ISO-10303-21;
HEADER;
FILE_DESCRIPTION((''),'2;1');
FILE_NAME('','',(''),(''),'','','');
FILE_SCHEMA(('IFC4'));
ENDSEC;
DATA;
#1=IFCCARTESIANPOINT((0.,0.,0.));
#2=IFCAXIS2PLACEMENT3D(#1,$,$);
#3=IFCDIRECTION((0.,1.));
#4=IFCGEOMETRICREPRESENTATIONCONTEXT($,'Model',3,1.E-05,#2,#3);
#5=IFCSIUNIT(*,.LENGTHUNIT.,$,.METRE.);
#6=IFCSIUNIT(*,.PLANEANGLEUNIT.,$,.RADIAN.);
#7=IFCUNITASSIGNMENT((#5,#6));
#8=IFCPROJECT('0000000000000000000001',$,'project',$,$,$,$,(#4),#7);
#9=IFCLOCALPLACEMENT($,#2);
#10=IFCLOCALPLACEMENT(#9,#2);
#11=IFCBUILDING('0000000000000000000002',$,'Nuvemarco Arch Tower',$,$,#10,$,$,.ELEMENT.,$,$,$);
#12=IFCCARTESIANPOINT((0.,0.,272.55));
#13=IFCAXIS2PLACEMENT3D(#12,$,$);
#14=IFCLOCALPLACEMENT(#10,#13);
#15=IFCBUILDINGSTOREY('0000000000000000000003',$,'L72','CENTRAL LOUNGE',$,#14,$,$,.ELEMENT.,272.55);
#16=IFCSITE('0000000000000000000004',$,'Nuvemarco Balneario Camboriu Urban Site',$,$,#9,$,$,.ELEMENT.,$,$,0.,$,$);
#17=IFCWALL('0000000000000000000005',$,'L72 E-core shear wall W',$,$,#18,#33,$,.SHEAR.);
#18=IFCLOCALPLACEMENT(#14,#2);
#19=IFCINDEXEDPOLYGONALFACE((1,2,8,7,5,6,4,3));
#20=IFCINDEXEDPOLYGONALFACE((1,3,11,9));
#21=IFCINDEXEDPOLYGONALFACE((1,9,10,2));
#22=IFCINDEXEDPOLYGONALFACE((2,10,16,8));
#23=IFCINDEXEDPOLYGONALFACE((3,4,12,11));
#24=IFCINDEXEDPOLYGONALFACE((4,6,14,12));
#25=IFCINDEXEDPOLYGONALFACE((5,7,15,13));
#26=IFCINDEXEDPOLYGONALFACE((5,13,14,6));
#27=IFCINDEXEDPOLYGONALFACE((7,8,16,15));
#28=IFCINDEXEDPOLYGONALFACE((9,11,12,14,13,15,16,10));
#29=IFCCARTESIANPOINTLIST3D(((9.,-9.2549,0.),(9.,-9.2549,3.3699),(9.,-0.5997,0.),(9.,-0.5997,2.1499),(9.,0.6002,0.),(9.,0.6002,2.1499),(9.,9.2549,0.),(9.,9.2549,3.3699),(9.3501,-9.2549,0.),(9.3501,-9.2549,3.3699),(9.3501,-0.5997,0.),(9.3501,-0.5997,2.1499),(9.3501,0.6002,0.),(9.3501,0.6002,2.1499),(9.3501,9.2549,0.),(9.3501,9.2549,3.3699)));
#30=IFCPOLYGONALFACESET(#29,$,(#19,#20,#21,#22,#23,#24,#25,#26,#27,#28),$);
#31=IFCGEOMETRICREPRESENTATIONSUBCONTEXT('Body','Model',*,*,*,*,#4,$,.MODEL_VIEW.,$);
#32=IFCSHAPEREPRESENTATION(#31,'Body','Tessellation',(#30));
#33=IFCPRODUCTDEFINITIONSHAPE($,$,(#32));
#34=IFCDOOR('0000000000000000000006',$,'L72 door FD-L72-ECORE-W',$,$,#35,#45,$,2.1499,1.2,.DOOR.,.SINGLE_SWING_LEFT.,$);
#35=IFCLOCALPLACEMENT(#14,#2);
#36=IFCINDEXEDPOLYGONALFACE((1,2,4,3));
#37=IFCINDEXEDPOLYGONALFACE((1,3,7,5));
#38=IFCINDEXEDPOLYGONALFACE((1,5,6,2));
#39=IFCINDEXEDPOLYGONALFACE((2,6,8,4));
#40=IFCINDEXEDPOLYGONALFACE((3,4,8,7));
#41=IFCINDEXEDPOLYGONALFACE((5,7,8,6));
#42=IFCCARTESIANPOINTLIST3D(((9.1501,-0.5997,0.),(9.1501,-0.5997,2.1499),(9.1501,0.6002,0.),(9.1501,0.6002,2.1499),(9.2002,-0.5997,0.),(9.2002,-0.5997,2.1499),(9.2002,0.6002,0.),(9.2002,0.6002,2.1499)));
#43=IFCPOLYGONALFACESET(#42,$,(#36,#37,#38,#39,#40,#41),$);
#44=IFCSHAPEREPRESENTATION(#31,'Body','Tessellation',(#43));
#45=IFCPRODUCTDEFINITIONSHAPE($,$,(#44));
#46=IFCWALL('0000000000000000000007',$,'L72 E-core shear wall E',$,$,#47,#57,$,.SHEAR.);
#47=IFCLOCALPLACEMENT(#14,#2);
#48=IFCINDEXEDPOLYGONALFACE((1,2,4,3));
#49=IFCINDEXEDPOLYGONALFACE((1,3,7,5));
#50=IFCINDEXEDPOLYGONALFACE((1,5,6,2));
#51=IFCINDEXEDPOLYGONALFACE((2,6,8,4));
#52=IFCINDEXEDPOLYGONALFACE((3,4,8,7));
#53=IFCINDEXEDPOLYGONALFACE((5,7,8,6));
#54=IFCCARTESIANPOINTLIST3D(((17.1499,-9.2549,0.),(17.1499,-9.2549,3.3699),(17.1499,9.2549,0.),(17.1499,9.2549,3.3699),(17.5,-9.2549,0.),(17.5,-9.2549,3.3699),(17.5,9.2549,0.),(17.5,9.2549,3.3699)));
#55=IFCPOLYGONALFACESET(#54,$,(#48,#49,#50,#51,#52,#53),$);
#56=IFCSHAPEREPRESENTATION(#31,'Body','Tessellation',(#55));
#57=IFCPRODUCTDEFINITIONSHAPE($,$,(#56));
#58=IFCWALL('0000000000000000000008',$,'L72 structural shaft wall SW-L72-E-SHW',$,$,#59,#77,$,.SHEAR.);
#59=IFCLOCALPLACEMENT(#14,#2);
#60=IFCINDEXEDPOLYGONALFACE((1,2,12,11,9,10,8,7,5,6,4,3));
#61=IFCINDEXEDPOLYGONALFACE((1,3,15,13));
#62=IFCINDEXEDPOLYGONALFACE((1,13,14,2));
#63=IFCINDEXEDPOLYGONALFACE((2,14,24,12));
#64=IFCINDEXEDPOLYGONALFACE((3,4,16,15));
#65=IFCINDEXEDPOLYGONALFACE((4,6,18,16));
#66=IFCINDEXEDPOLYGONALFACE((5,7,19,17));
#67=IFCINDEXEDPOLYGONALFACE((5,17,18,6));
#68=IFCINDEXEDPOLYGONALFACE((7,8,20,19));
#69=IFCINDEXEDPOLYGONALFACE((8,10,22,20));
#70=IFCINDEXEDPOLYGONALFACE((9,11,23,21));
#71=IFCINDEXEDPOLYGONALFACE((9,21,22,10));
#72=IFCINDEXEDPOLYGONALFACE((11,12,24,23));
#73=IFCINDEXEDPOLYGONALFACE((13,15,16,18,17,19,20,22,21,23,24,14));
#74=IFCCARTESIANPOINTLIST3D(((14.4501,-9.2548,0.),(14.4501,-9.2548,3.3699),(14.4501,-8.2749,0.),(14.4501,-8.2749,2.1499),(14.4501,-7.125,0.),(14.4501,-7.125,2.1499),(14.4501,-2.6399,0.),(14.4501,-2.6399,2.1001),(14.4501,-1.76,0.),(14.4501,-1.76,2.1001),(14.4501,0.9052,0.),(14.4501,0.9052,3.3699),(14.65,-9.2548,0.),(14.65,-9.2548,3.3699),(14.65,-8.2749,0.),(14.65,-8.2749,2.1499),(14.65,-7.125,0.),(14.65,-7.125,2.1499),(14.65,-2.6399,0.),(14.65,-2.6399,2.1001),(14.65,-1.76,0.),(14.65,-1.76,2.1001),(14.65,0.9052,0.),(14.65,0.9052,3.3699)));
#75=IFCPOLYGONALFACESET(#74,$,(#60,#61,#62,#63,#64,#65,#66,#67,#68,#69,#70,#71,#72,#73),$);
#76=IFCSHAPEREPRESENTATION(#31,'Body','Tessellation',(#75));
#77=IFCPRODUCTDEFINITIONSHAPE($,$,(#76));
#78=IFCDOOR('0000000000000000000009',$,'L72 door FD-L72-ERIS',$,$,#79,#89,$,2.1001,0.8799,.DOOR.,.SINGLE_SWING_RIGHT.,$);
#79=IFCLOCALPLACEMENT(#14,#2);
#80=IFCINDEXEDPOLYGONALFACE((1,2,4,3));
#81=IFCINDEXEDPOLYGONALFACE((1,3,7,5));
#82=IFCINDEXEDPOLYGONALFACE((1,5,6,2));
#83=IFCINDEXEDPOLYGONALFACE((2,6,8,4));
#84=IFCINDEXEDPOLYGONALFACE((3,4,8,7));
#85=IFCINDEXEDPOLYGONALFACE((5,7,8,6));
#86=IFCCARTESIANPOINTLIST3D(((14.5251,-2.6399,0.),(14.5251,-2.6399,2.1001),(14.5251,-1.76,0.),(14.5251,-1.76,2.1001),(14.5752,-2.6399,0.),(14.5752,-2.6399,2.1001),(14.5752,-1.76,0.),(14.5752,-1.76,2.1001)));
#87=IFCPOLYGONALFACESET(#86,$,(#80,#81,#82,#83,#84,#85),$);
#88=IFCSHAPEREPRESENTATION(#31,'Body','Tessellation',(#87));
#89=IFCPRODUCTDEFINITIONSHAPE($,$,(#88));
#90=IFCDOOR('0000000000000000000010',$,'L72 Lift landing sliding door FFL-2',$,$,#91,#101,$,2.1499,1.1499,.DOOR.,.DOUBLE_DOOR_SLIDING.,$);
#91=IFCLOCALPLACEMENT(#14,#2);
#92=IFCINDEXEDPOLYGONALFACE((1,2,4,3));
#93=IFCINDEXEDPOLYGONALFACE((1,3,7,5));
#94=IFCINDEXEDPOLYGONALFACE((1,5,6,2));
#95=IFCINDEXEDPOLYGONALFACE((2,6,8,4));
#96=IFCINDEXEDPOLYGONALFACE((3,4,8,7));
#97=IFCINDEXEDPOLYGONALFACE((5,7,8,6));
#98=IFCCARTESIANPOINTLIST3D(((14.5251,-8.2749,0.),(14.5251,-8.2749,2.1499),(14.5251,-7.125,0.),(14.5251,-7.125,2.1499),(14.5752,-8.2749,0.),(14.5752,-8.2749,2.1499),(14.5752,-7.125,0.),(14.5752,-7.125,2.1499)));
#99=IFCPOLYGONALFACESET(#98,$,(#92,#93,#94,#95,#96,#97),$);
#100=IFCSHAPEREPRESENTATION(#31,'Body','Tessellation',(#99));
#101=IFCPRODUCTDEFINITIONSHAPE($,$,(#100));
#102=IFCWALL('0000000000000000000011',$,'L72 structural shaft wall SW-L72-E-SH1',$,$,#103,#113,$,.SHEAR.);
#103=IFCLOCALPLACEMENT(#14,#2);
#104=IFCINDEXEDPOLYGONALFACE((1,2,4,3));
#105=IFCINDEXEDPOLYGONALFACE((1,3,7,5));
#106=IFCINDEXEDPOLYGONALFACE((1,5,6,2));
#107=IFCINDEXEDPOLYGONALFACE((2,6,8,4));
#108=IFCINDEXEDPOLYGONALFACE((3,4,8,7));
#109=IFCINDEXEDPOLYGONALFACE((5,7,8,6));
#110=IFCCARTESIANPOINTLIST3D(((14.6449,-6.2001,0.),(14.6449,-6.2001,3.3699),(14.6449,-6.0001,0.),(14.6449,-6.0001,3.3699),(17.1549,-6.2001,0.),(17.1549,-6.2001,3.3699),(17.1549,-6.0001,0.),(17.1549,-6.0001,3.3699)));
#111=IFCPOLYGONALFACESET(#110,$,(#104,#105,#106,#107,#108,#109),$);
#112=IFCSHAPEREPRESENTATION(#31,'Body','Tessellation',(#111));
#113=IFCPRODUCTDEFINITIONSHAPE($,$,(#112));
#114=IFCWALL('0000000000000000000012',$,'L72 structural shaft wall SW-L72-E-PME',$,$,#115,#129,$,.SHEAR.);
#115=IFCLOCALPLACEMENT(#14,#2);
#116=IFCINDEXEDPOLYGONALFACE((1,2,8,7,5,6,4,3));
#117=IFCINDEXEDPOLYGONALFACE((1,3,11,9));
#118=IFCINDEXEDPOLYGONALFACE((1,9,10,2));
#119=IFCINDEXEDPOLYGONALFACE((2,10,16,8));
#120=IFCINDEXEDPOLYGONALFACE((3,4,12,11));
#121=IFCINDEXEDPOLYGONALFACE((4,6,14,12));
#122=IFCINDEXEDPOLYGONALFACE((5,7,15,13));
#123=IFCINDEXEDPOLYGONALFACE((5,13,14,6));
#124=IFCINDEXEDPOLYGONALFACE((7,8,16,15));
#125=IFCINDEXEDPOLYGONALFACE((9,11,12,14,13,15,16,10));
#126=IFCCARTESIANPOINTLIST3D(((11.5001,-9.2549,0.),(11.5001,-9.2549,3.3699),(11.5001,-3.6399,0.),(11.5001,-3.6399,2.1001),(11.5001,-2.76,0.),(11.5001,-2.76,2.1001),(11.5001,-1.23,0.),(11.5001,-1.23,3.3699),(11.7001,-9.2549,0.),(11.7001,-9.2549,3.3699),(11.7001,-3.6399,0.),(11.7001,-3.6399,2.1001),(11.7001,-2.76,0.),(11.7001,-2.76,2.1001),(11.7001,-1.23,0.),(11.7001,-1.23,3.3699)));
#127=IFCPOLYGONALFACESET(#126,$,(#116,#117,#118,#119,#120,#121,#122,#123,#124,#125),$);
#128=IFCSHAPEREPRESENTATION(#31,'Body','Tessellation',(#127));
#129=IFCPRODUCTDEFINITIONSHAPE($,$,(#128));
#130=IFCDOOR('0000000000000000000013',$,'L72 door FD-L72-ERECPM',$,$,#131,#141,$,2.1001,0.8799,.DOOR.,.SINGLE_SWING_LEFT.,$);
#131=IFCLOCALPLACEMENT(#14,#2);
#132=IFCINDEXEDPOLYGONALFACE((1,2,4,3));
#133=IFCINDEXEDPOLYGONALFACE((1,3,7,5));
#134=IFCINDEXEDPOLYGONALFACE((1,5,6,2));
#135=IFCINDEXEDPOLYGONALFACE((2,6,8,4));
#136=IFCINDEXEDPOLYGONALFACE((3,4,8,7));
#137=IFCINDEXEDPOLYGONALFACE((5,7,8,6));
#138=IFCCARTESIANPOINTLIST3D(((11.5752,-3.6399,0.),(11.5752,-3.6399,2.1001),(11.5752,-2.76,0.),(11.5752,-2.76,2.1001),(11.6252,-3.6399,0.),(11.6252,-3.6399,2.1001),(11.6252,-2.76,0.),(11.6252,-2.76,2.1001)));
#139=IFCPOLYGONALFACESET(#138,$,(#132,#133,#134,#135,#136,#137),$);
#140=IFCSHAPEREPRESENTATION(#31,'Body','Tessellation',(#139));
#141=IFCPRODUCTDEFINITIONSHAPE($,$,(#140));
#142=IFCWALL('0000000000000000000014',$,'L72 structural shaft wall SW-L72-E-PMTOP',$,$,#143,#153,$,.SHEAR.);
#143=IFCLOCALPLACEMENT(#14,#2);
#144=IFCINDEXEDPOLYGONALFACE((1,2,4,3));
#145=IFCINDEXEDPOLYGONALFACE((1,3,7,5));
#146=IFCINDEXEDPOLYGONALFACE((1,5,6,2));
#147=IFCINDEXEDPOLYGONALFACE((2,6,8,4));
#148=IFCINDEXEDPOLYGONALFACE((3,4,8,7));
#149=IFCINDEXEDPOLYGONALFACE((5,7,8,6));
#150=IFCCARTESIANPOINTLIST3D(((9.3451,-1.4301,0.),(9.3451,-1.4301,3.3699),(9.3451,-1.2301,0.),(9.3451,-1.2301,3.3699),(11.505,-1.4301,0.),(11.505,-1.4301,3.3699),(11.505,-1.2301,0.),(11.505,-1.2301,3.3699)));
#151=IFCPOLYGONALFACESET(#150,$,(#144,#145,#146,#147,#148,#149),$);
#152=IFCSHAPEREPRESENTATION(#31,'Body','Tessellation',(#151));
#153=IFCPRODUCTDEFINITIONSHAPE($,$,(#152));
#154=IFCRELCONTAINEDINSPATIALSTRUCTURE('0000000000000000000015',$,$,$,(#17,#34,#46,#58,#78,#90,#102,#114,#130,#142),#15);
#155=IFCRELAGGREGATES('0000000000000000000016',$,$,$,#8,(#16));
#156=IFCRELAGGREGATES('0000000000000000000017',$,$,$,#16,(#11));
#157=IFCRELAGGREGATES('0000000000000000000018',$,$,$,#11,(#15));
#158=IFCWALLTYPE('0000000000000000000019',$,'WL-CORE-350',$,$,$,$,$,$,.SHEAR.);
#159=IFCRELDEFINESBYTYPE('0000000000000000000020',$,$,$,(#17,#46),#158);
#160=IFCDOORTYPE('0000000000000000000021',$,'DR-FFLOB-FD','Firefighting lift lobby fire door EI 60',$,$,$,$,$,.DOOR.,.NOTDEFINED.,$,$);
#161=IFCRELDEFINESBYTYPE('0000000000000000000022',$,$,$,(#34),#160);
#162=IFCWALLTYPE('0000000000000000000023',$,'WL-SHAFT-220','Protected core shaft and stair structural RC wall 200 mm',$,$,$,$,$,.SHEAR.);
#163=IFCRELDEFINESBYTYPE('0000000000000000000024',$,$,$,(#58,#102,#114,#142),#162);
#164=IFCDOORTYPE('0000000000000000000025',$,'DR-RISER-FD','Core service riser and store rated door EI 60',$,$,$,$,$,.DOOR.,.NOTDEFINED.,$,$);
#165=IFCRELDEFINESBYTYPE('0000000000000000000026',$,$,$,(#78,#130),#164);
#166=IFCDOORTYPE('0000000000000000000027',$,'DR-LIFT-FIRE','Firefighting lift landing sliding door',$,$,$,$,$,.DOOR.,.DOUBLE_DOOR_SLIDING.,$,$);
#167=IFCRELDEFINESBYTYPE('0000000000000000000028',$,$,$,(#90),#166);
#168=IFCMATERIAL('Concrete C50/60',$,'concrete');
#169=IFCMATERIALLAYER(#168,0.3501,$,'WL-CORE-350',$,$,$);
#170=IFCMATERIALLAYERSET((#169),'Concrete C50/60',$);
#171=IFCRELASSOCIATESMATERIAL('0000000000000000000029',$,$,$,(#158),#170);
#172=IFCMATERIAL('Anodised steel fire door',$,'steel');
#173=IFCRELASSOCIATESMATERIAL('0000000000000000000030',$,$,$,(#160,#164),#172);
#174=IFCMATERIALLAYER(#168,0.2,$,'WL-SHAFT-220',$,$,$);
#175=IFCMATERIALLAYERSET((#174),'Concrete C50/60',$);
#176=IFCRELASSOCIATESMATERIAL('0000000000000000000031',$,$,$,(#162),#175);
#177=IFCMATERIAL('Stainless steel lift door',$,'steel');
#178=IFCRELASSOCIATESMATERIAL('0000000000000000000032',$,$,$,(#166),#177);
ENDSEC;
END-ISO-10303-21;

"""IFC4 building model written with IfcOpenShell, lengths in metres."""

from ifc_helpers import new_model, si_unit, direction, frame, frame_2d, origin, place, context, subcontext, project, spatial, rectangle, extrude, source, transform, mapped, material, layer, layer_set, type_object, type_shapes, element, fill, save


model = new_model("IFC4")

# Units and contexts
model_context = context("Model", 3, precision=1e-05, world=origin(), true_north=direction((0.0, 1.0)))
body_context = subcontext(model_context, "Body", "Model", "MODEL_VIEW")
ifc_project = project(units=[si_unit("LENGTHUNIT", "METRE"), si_unit("PLANEANGLEUNIT", "RADIAN")], contexts=[model_context])

# Site, building, storey
site_placement = place(None, origin())
site = spatial("IfcSite", under=ifc_project, at=site_placement, Name="Nuvemarco Balneario Camboriu Urban Site", CompositionType="ELEMENT", RefElevation=0.0)
building_placement = place(site_placement, origin())
building = spatial("IfcBuilding", under=site, at=building_placement, Name="Nuvemarco Arch Tower", CompositionType="ELEMENT")
storey_placement = place(building_placement, frame((0.0, 0.0, 272.55)))
storey = spatial("IfcBuildingStorey", under=building, at=storey_placement, Name="L72", Description="CENTRAL LOUNGE", CompositionType="ELEMENT", Elevation=272.55)

# Shared definitions
ifc_material_1 = material(Name="Concrete C50/60", Category="concrete")

# Shared definitions
ifc_layer_1 = layer(ifc_material_1, 0.3501, Name="WL-CORE-350")
ifc_layer_set_1 = layer_set([ifc_layer_1], Name="Concrete C50/60")
wall_type_1 = type_object("IfcWallType", Name="WL-CORE-350", PredefinedType="SHEAR", material=ifc_layer_set_1)

# Wall, opening, door
wall_1_placement = place(storey_placement, frame((9.175, -9.2549, 0.0), z_axis=(0.0, 0.0, 1.0), x_axis=(0.0, 1.0, 0.0)))
wall_1 = element("IfcWall", 1, at=wall_1_placement, inside=storey, type_object=wall_type_1, Name="L72 E-core shear wall W", PredefinedType="SHEAR", context=body_context, shape_type="SweptSolid", body=[
    extrude(rectangle(XDim=18.5098, YDim=0.3501, at=frame_2d((9.2549, 0.0))), origin(), (0.0, 0.0, 1.0), 3.3699),
])
opening_1_placement = place(wall_1_placement, frame((8.655, 0.0, 0.0)))
opening_1 = element("IfcOpeningElement", 2, at=opening_1_placement, cuts=wall_1, PredefinedType="OPENING", context=body_context, shape_type="SweptSolid", body=[
    extrude(rectangle(XDim=1.2, YDim=2.1499, at=frame_2d((0.6001, 1.075))), frame((0.0, 0.1851, 0.0), z_axis=(0.0, -1.0, 0.0), x_axis=(1.0, 0.0, 0.0)), (0.0, 0.0, 1.0), 0.3701),
])
ifc_material_2 = material(Name="Anodised steel fire door", Category="steel")
door_type_1 = type_object("IfcDoorType", Name="DR-FFLOB-FD", Description="Firefighting lift lobby fire door EI 60", OperationType="NOTDEFINED", PredefinedType="DOOR", material=ifc_material_2)
shared_shape_1 = source(origin(), body_context, "Body", "SweptSolid", [
    extrude(rectangle(XDim=1.2, YDim=2.1499, at=frame_2d((0.6001, 1.075))), frame((0.0, 0.0249, 0.0), z_axis=(0.0, -1.0, 0.0), x_axis=(1.0, 0.0, 0.0)), (0.0, 0.0, 1.0), 0.05),
])
type_shapes(door_type_1, [shared_shape_1])
door_1_placement = place(opening_1_placement, origin())
door_1 = element("IfcDoor", 3, at=door_1_placement, inside=storey, type_object=door_type_1, Name="L72 door FD-L72-ECORE-W", OperationType="SINGLE_SWING_LEFT", OverallHeight=2.1499, OverallWidth=1.2, PredefinedType="DOOR", context=body_context, shape_type="MappedRepresentation", body=[
    mapped(shared_shape_1, transform((0.0, 0.0, 0.0), scale=1.0)),
])
fill(opening_1, door_1)

# Wall
wall_2_placement = place(storey_placement, frame((17.325, -9.2549, 0.0), z_axis=(0.0, 0.0, 1.0), x_axis=(0.0, 1.0, 0.0)))
element("IfcWall", 4, at=wall_2_placement, inside=storey, type_object=wall_type_1, Name="L72 E-core shear wall E", PredefinedType="SHEAR", context=body_context, shape_type="SweptSolid", body=[
    extrude(rectangle(XDim=18.5098, YDim=0.3501, at=frame_2d((9.2549, 0.0))), origin(), (0.0, 0.0, 1.0), 3.3699),
])

# Wall, openings, doors
ifc_layer_2 = layer(ifc_material_1, 0.2, Name="WL-SHAFT-220")
ifc_layer_set_2 = layer_set([ifc_layer_2], Name="Concrete C50/60")
wall_type_2 = type_object("IfcWallType", Name="WL-SHAFT-220", Description="Protected core shaft and stair structural RC wall 200 mm", PredefinedType="SHEAR", material=ifc_layer_set_2)
wall_3_placement = place(storey_placement, frame((14.55, -9.2549, 0.0), z_axis=(0.0, 0.0, 1.0), x_axis=(0.0, 1.0, 0.0)))
wall_3 = element("IfcWall", 5, at=wall_3_placement, inside=storey, type_object=wall_type_2, Name="L72 structural shaft wall SW-L72-E-SHW", PredefinedType="SHEAR", context=body_context, shape_type="SweptSolid", body=[
    extrude(rectangle(XDim=10.1599, YDim=0.2, at=frame_2d((5.0801, 0.0))), origin(), (0.0, 0.0, 1.0), 3.3699),
])
opening_2_placement = place(wall_3_placement, frame((6.615, 0.0, 0.0)))
opening_2 = element("IfcOpeningElement", 6, at=opening_2_placement, cuts=wall_3, PredefinedType="OPENING", context=body_context, shape_type="SweptSolid", body=[
    extrude(rectangle(XDim=0.8799, YDim=2.1001, at=frame_2d((0.4399, 1.05))), frame((0.0, 0.1099, 0.0), z_axis=(0.0, -1.0, 0.0), x_axis=(1.0, 0.0, 0.0)), (0.0, 0.0, 1.0), 0.22),
])
opening_3_placement = place(wall_3_placement, frame((0.98, 0.0, 0.0)))
opening_3 = element("IfcOpeningElement", 7, at=opening_3_placement, cuts=wall_3, PredefinedType="OPENING", context=body_context, shape_type="SweptSolid", body=[
    extrude(rectangle(XDim=1.1499, YDim=2.1499, at=frame_2d((0.575, 1.075))), frame((0.0, 0.1099, 0.0), z_axis=(0.0, -1.0, 0.0), x_axis=(1.0, 0.0, 0.0)), (0.0, 0.0, 1.0), 0.22),
])
door_type_2 = type_object("IfcDoorType", Name="DR-RISER-FD", Description="Core service riser and store rated door EI 60", OperationType="NOTDEFINED", PredefinedType="DOOR", material=ifc_material_2)
shared_shape_2 = source(origin(), body_context, "Body", "SweptSolid", [
    extrude(rectangle(XDim=0.8799, YDim=2.1001, at=frame_2d((0.4399, 1.05))), frame((0.0, 0.0249, 0.0), z_axis=(0.0, -1.0, 0.0), x_axis=(1.0, 0.0, 0.0)), (0.0, 0.0, 1.0), 0.05),
])
type_shapes(door_type_2, [shared_shape_2])
door_2_placement = place(opening_2_placement, origin())
door_2 = element("IfcDoor", 8, at=door_2_placement, inside=storey, type_object=door_type_2, Name="L72 door FD-L72-ERIS", OperationType="SINGLE_SWING_RIGHT", OverallHeight=2.1001, OverallWidth=0.8799, PredefinedType="DOOR", context=body_context, shape_type="MappedRepresentation", body=[
    mapped(shared_shape_2, transform((0.0, 0.0, 0.0), scale=1.0)),
])
fill(opening_2, door_2)
ifc_material_3 = material(Name="Stainless steel lift door", Category="steel")
door_type_3 = type_object("IfcDoorType", Name="DR-LIFT-FIRE", Description="Firefighting lift landing sliding door", OperationType="DOUBLE_DOOR_SLIDING", PredefinedType="DOOR", material=ifc_material_3)
shared_shape_3 = source(origin(), body_context, "Body", "SweptSolid", [
    extrude(rectangle(XDim=1.1499, YDim=2.1499, at=frame_2d((0.575, 1.075))), frame((0.0, 0.0249, 0.0), z_axis=(0.0, -1.0, 0.0), x_axis=(1.0, 0.0, 0.0)), (0.0, 0.0, 1.0), 0.05),
])
type_shapes(door_type_3, [shared_shape_3])
door_3_placement = place(opening_3_placement, origin())
door_3 = element("IfcDoor", 9, at=door_3_placement, inside=storey, type_object=door_type_3, Name="L72 Lift landing sliding door FFL-2", OperationType="DOUBLE_DOOR_SLIDING", OverallHeight=2.1499, OverallWidth=1.1499, PredefinedType="DOOR", context=body_context, shape_type="MappedRepresentation", body=[
    mapped(shared_shape_3, transform((0.0, 0.0, 0.0), scale=1.0)),
])
fill(opening_3, door_3)

# Wall
wall_4_placement = place(storey_placement, frame((14.645, -6.1001, 0.0), z_axis=(0.0, 0.0, 1.0), x_axis=(1.0, 0.0, 0.0)))
element("IfcWall", 10, at=wall_4_placement, inside=storey, type_object=wall_type_2, Name="L72 structural shaft wall SW-L72-E-SH1", PredefinedType="SHEAR", context=body_context, shape_type="SweptSolid", body=[
    extrude(rectangle(XDim=2.51, YDim=0.2, at=frame_2d((1.2549, 0.0))), origin(), (0.0, 0.0, 1.0), 3.3699),
])

# Wall, opening, door
wall_5_placement = place(storey_placement, frame((11.6001, -9.2549, 0.0), z_axis=(0.0, 0.0, 1.0), x_axis=(0.0, 1.0, 0.0)))
wall_5 = element("IfcWall", 11, at=wall_5_placement, inside=storey, type_object=wall_type_2, Name="L72 structural shaft wall SW-L72-E-PME", PredefinedType="SHEAR", context=body_context, shape_type="SweptSolid", body=[
    extrude(rectangle(XDim=8.0249, YDim=0.2, at=frame_2d((4.0125, 0.0))), origin(), (0.0, 0.0, 1.0), 3.3699),
])
opening_4_placement = place(wall_5_placement, frame((5.615, 0.0, 0.0)))
opening_4 = element("IfcOpeningElement", 12, at=opening_4_placement, cuts=wall_5, PredefinedType="OPENING", context=body_context, shape_type="SweptSolid", body=[
    extrude(rectangle(XDim=0.8799, YDim=2.1001, at=frame_2d((0.4399, 1.05))), frame((0.0, 0.1099, 0.0), z_axis=(0.0, -1.0, 0.0), x_axis=(1.0, 0.0, 0.0)), (0.0, 0.0, 1.0), 0.22),
])
door_4_placement = place(opening_4_placement, origin())
door_4 = element("IfcDoor", 13, at=door_4_placement, inside=storey, type_object=door_type_2, Name="L72 door FD-L72-ERECPM", OperationType="SINGLE_SWING_LEFT", OverallHeight=2.1001, OverallWidth=0.8799, PredefinedType="DOOR", context=body_context, shape_type="MappedRepresentation", body=[
    mapped(shared_shape_2, transform((0.0, 0.0, 0.0), scale=1.0)),
])
fill(opening_4, door_4)

# Wall
wall_6_placement = place(storey_placement, frame((9.345, -1.3301, 0.0), z_axis=(0.0, 0.0, 1.0), x_axis=(1.0, 0.0, 0.0)))
element("IfcWall", 14, at=wall_6_placement, inside=storey, type_object=wall_type_2, Name="L72 structural shaft wall SW-L72-E-PMTOP", PredefinedType="SHEAR", context=body_context, shape_type="SweptSolid", body=[
    extrude(rectangle(XDim=2.1599, YDim=0.2, at=frame_2d((1.0801, 0.0))), origin(), (0.0, 0.0, 1.0), 3.3699),
])

save(model, "model.ifc")
